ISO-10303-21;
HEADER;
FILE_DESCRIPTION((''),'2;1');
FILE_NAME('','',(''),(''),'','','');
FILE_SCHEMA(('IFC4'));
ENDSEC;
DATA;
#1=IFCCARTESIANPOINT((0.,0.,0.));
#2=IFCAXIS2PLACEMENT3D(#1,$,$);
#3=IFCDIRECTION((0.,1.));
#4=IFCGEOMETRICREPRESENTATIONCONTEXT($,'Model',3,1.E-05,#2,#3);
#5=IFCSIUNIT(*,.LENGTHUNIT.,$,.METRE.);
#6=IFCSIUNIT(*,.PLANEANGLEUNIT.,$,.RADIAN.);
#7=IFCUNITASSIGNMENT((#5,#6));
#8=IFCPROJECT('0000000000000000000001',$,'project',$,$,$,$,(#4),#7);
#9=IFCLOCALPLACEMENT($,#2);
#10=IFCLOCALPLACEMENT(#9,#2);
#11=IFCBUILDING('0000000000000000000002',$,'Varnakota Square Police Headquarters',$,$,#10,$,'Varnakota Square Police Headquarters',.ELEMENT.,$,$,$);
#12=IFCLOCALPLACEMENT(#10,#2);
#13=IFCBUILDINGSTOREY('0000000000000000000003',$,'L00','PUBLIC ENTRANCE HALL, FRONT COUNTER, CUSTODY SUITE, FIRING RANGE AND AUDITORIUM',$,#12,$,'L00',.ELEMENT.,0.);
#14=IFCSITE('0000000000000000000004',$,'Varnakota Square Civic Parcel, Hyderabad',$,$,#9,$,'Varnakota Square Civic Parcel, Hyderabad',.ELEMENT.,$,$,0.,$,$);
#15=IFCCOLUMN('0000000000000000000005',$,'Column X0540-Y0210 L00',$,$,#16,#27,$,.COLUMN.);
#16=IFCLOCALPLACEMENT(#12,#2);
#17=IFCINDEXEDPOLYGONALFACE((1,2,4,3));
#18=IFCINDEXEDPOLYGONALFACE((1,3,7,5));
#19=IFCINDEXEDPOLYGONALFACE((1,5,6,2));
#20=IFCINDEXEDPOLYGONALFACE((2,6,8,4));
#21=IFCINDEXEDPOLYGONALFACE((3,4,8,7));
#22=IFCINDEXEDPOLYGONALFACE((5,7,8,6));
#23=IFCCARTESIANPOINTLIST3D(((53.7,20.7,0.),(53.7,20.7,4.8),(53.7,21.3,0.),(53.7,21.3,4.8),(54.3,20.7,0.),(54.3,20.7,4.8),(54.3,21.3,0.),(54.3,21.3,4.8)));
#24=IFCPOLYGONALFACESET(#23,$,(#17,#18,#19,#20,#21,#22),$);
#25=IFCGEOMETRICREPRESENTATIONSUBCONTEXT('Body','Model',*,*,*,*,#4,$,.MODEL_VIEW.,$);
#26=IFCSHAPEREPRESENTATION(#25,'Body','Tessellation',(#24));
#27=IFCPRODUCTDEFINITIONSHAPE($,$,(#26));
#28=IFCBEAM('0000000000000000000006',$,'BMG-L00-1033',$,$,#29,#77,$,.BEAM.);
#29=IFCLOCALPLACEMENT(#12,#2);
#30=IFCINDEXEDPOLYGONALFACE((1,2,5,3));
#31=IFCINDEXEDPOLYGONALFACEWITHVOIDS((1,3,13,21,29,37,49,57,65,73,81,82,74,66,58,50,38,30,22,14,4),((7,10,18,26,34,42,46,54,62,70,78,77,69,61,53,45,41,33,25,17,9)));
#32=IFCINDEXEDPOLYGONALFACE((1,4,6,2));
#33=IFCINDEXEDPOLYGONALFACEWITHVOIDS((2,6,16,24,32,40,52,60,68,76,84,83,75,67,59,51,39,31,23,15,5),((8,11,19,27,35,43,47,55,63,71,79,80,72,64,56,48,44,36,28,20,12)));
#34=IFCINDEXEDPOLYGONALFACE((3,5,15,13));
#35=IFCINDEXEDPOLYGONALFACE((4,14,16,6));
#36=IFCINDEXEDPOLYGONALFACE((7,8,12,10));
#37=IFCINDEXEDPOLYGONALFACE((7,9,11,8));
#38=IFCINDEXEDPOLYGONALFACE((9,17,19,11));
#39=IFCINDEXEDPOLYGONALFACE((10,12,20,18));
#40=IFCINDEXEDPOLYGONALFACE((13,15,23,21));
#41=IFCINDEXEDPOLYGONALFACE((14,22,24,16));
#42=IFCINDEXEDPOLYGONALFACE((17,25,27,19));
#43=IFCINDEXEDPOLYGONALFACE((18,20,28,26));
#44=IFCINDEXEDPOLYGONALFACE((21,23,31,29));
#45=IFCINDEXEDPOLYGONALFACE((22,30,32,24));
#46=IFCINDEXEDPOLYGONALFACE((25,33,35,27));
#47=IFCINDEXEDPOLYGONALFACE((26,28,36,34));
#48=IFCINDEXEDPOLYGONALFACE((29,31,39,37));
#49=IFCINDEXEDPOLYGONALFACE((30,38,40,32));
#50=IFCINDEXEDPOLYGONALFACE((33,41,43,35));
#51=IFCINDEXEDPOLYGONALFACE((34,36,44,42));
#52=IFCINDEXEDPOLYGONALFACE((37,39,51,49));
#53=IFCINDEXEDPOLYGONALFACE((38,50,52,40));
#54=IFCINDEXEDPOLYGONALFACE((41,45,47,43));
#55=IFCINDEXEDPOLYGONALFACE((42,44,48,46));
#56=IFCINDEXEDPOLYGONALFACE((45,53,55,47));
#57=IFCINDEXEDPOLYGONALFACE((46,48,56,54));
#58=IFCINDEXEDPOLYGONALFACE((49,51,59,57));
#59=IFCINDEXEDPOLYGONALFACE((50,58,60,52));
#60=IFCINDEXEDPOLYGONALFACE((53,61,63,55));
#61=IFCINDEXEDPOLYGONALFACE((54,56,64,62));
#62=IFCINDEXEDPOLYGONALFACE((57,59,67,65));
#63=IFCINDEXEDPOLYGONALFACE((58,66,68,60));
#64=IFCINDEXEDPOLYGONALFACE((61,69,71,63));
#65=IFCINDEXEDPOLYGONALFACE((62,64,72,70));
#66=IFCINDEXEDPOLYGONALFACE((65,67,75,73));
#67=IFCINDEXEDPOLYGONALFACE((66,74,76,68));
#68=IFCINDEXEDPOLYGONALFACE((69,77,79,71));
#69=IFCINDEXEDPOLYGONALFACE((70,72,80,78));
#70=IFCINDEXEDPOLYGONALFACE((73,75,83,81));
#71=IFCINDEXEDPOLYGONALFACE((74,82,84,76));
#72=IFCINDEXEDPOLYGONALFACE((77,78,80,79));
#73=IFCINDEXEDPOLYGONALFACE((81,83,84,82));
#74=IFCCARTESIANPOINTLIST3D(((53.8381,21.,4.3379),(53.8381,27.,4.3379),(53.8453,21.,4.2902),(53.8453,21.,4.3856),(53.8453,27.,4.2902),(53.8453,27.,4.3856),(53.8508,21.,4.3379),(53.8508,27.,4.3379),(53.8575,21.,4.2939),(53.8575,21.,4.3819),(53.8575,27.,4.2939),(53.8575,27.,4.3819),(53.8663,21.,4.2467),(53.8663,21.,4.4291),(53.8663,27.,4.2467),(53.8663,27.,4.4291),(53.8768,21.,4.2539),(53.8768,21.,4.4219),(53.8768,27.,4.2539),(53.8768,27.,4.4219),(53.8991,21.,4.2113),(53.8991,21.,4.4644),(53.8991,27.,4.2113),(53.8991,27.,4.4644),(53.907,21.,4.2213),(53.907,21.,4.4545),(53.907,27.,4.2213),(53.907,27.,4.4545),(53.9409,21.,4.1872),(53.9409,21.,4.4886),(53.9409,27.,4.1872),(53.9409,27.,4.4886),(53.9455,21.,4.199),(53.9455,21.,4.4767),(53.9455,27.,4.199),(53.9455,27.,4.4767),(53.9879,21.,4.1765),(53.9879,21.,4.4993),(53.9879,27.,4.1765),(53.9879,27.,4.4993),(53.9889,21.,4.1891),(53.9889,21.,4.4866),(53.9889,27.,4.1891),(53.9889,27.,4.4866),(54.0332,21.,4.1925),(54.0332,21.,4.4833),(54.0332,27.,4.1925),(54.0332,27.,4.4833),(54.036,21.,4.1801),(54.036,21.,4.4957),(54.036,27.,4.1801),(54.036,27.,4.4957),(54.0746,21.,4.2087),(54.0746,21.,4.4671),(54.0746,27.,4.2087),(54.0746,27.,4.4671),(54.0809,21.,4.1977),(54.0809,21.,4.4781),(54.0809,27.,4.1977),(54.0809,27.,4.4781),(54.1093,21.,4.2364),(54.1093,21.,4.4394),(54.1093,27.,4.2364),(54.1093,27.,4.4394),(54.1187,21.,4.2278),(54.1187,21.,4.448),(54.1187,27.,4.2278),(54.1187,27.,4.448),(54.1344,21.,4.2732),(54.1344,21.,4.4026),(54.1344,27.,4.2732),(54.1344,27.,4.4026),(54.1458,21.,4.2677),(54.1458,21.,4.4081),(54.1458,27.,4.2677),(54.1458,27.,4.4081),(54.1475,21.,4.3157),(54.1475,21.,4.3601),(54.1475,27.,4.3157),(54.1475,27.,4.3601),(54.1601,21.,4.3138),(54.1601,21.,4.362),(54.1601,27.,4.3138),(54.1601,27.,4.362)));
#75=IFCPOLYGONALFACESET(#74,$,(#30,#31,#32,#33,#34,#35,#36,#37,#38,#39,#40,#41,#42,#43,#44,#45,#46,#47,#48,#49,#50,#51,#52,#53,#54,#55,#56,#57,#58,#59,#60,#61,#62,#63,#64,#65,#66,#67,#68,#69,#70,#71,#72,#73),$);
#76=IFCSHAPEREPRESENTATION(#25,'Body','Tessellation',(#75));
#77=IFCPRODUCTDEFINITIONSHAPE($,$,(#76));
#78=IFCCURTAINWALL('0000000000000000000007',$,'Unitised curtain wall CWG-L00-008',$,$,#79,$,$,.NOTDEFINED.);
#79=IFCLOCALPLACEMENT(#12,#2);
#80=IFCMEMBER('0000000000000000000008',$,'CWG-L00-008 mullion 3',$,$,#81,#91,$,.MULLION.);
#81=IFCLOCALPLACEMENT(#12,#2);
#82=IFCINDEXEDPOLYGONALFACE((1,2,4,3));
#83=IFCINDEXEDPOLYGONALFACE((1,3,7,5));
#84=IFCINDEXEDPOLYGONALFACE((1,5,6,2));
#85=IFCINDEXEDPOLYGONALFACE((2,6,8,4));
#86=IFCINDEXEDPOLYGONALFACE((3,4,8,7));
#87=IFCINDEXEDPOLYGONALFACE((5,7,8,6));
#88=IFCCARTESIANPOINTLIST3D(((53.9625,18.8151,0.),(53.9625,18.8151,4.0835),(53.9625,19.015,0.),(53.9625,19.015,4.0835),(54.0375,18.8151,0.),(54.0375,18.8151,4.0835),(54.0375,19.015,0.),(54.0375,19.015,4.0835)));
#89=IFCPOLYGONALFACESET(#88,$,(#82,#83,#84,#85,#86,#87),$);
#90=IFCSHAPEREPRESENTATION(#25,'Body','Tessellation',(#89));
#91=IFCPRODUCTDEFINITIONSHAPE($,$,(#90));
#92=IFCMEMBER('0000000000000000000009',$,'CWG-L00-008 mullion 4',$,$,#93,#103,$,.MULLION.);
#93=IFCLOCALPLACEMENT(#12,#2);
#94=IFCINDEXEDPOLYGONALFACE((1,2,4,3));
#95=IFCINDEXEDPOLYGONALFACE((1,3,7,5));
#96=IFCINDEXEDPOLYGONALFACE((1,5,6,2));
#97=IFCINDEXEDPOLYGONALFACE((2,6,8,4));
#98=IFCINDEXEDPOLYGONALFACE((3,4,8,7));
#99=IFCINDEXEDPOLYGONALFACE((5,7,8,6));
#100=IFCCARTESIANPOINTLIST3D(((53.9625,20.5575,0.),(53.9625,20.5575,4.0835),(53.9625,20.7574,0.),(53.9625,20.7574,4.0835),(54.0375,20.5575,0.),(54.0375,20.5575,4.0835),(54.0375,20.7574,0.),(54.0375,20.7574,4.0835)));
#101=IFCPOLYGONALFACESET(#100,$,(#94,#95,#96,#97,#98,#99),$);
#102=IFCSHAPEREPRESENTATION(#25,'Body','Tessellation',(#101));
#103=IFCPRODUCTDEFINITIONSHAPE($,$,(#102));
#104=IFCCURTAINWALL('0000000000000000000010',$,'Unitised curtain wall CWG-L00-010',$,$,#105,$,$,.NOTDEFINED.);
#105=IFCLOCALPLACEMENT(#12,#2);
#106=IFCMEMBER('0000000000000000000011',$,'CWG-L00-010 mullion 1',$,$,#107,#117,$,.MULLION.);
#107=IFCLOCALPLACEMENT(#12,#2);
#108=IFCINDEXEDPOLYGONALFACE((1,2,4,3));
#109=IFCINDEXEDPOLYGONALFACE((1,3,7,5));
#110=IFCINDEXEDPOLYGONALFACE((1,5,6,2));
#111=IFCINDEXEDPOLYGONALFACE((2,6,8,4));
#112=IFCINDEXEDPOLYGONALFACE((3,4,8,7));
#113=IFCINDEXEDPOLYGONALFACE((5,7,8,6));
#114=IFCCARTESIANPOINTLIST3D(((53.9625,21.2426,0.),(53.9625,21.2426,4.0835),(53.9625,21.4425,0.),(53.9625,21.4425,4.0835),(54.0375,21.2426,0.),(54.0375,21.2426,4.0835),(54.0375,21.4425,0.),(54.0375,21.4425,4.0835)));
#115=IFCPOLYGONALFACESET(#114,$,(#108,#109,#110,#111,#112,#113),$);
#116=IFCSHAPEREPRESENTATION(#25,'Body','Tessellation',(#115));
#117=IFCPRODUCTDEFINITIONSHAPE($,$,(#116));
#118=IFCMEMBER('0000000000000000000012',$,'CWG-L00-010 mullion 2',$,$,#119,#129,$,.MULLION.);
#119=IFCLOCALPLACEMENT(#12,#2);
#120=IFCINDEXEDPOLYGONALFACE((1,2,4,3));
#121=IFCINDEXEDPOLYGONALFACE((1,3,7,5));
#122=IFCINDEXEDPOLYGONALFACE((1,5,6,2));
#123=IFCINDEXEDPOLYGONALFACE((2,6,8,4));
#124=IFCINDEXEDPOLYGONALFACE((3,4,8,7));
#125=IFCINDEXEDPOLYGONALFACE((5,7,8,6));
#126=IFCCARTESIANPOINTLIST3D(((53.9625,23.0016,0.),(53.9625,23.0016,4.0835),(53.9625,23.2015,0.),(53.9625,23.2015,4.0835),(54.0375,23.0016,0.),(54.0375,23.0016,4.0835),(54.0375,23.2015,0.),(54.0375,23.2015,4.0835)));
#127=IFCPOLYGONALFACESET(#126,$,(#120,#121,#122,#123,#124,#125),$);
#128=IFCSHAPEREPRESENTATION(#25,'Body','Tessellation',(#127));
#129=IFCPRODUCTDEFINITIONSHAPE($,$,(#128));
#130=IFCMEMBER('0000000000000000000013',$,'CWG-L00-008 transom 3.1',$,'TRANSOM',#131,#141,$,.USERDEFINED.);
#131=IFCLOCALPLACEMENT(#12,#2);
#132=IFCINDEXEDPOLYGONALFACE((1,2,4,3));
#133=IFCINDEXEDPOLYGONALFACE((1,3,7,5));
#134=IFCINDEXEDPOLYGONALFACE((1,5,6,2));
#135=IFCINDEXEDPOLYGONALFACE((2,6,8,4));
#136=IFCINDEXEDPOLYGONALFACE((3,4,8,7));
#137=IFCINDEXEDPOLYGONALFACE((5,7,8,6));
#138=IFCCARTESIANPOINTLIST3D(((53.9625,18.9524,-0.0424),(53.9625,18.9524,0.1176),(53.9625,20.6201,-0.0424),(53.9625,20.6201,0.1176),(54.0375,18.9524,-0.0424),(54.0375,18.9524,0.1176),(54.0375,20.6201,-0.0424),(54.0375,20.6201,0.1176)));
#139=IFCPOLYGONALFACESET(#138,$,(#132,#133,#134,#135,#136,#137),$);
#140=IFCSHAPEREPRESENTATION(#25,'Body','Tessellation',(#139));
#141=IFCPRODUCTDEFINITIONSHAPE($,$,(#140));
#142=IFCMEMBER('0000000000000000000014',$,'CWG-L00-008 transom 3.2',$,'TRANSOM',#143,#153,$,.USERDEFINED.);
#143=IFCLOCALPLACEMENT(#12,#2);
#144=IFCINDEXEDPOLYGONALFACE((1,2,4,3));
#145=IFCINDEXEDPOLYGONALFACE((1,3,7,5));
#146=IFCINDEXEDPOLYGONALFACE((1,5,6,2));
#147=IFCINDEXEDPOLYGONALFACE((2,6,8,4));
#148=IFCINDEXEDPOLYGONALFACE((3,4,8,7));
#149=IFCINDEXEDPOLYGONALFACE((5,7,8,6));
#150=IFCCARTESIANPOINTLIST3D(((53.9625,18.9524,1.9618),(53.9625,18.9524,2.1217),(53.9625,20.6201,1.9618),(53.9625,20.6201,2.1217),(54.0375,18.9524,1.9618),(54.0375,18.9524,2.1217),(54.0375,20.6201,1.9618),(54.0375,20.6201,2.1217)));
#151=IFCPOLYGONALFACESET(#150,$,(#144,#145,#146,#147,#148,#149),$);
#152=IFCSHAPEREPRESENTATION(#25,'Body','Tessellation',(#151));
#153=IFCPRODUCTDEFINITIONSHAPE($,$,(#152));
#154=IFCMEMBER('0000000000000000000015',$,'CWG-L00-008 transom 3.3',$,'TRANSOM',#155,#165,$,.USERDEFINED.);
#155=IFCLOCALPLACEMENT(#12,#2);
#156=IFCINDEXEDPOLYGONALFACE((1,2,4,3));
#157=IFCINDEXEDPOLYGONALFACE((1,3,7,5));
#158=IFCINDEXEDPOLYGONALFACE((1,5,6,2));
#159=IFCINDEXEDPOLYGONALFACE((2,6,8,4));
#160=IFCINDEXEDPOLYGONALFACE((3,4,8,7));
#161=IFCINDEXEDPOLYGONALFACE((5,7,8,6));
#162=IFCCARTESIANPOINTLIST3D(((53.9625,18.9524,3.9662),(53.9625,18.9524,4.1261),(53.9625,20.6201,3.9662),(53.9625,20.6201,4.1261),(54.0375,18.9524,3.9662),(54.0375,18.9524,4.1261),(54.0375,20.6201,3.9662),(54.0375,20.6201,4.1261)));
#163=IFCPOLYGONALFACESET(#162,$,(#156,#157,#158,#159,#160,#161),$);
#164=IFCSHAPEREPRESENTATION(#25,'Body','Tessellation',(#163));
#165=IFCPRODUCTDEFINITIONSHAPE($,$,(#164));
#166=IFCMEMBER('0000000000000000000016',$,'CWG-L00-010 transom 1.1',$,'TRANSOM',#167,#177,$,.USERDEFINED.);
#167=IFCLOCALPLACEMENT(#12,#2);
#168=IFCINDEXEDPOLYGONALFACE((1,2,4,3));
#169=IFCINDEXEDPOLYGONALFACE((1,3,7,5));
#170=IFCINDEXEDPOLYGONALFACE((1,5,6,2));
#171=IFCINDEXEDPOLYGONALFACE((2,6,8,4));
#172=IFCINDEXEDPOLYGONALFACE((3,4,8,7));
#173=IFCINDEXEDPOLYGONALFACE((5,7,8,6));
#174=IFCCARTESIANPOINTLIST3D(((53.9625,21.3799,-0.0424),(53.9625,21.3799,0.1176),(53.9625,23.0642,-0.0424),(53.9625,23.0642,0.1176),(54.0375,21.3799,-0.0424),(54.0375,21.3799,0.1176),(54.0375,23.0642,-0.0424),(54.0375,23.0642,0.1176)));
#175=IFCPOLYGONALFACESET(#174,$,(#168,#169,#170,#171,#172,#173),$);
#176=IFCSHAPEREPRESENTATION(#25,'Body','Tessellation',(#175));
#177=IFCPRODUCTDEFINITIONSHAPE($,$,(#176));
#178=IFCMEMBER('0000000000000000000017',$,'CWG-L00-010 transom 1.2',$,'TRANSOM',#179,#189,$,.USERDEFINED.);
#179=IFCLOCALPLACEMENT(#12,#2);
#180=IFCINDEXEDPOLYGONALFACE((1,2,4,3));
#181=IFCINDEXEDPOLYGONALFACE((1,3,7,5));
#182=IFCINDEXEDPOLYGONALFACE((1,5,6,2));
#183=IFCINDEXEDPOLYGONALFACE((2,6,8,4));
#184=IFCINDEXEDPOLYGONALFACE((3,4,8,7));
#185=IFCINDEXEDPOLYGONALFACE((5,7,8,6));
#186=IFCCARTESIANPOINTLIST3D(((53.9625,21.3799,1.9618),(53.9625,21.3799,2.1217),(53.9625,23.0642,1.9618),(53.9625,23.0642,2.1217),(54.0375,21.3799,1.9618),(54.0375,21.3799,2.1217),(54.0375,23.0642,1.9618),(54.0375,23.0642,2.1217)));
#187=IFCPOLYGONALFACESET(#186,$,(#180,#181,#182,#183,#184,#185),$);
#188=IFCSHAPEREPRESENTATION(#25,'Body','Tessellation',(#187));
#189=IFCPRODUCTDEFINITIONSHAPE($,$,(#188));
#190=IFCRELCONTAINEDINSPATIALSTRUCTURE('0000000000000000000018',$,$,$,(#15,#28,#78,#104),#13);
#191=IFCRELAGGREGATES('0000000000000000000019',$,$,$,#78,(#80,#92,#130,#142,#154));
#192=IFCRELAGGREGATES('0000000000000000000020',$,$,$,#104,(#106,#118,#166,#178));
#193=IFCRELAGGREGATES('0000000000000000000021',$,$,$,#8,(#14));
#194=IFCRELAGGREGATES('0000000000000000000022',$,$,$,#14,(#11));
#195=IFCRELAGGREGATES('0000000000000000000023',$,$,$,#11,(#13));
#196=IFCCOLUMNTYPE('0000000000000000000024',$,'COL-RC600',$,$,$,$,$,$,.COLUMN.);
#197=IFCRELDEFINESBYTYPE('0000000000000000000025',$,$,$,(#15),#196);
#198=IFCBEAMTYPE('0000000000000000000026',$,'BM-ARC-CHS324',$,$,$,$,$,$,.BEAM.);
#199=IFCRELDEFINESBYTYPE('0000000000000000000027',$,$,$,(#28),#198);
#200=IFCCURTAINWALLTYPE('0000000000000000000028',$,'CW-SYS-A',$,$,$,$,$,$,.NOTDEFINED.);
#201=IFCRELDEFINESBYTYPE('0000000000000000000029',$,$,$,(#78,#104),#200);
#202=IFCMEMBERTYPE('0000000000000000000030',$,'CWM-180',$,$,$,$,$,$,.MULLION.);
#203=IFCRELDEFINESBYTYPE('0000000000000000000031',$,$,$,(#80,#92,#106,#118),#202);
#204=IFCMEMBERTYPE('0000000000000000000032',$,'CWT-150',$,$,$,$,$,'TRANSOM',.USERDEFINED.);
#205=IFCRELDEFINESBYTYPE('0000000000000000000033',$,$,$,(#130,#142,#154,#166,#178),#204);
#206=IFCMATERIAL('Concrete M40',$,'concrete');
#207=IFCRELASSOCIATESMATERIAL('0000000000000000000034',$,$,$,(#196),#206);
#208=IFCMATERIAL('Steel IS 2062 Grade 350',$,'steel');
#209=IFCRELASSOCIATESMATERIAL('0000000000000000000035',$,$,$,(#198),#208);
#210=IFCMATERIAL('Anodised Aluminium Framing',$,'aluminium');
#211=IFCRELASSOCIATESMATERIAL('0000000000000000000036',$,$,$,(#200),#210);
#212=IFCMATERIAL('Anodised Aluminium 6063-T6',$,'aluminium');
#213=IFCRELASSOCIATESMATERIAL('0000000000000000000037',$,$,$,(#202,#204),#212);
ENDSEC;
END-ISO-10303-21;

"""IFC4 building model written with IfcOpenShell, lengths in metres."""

from ifc_helpers import new_model, si_unit, direction, frame, origin, origin_2d, place, context, subcontext, project, spatial, rectangle, hollow_circle, extrude, material, material_profile, profile_set, type_object, element, aggregate, save


model = new_model("IFC4")

# Units and contexts
model_context = context("Model", 3, precision=1e-05, world=origin(), true_north=direction((0.0, 1.0)))
body_context = subcontext(model_context, "Body", "Model", "MODEL_VIEW")
ifc_project = project(units=[si_unit("LENGTHUNIT", "METRE"), si_unit("PLANEANGLEUNIT", "RADIAN")], contexts=[model_context])

# Site, building, storey
site_placement = place(None, origin())
site = spatial("IfcSite", under=ifc_project, at=site_placement, Name="Varnakota Square Civic Parcel, Hyderabad", LongName="Varnakota Square Civic Parcel, Hyderabad", CompositionType="ELEMENT", RefElevation=0.0)
building_placement = place(site_placement, origin())
building = spatial("IfcBuilding", under=site, at=building_placement, Name="Varnakota Square Police Headquarters", LongName="Varnakota Square Police Headquarters", CompositionType="ELEMENT")
storey_placement = place(building_placement, origin())
storey = spatial("IfcBuildingStorey", under=building, at=storey_placement, Name="L00", Description="PUBLIC ENTRANCE HALL, FRONT COUNTER, CUSTODY SUITE, FIRING RANGE AND AUDITORIUM", LongName="L00", CompositionType="ELEMENT", Elevation=0.0)

# Column
ifc_material_1 = material(Name="Concrete M40", Category="concrete")
ifc_material_profile_1 = material_profile(ifc_material_1, rectangle(XDim=0.6001, YDim=0.6001, at=origin_2d()), Name="RC 600x600")
ifc_profile_set_1 = profile_set([ifc_material_profile_1], Name="Concrete M40")
column_type = type_object("IfcColumnType", Name="COL-RC600", PredefinedType="COLUMN", material=ifc_profile_set_1)
column_placement = place(storey_placement, frame((54.0, 21.0, 0.0), z_axis=(0.0, 0.0, 1.0), x_axis=(1.0, 0.0, 0.0)))
element("IfcColumn", 1, at=column_placement, inside=storey, type_object=column_type, Name="Column X0540-Y0210 L00", PredefinedType="COLUMN", context=body_context, shape_type="SweptSolid", body=[
    extrude(rectangle(XDim=0.6001, YDim=0.6001, at=origin_2d()), origin(), (0.0, 0.0, 1.0), 4.8),
])

# Beam
ifc_material_2 = material(Name="Steel IS 2062 Grade 350", Category="steel")
ifc_material_profile_2 = material_profile(ifc_material_2, hollow_circle(Radius=0.1619, WallThickness=0.0127, at=origin_2d()), Name="CHS 323.9x12.7")
ifc_profile_set_2 = profile_set([ifc_material_profile_2], Name="Steel IS 2062 Grade 350")
beam_type = type_object("IfcBeamType", Name="BM-ARC-CHS324", PredefinedType="BEAM", material=ifc_profile_set_2)
beam_placement = place(storey_placement, frame((54.0, 21.0, 4.3379), z_axis=(0.0, 1.0, 0.0), x_axis=(-1.0, 0.0, 0.0)))
element("IfcBeam", 2, at=beam_placement, inside=storey, type_object=beam_type, Name="BMG-L00-1033", PredefinedType="BEAM", context=body_context, shape_type="SweptSolid", body=[
    extrude(hollow_circle(Radius=0.1619, WallThickness=0.0127, at=origin_2d()), origin(), (0.0, 0.0, 1.0), 6.0),
])

# Curtain walls, members
ifc_material_3 = material(Name="Anodised Aluminium Framing", Category="aluminium")
curtain_wall_type = type_object("IfcCurtainWallType", Name="CW-SYS-A", PredefinedType="NOTDEFINED", material=ifc_material_3)
curtain_wall_1_placement = place(storey_placement, origin())
curtain_wall_1 = element("IfcCurtainWall", 3, at=curtain_wall_1_placement, inside=storey, type_object=curtain_wall_type, Name="Unitised curtain wall CWG-L00-008", PredefinedType="NOTDEFINED")
ifc_material_4 = material(Name="Anodised Aluminium 6063-T6", Category="aluminium")
ifc_material_profile_3 = material_profile(ifc_material_4, rectangle(XDim=0.075, YDim=0.2, at=origin_2d()), Name="ALU MULLION 75x200")
ifc_profile_set_3 = profile_set([ifc_material_profile_3], Name="Anodised Aluminium 6063-T6")
member_type_1 = type_object("IfcMemberType", Name="CWM-180", PredefinedType="MULLION", material=ifc_profile_set_3)
member_1_placement = place(storey_placement, frame((54.0, 18.915, 0.0), z_axis=(0.0, 0.0, 1.0), x_axis=(-1.0, 0.0, 0.0)))
member_1 = element("IfcMember", 4, at=member_1_placement, type_object=member_type_1, Name="CWG-L00-008 mullion 3", PredefinedType="MULLION", context=body_context, shape_type="SweptSolid", body=[
    extrude(rectangle(XDim=0.075, YDim=0.2, at=origin_2d()), origin(), (0.0, 0.0, 1.0), 4.0835),
])
member_2_placement = place(storey_placement, frame((54.0, 20.6575, 0.0), z_axis=(0.0, 0.0, 1.0), x_axis=(-1.0, 0.0, 0.0)))
member_2 = element("IfcMember", 5, at=member_2_placement, type_object=member_type_1, Name="CWG-L00-008 mullion 4", PredefinedType="MULLION", context=body_context, shape_type="SweptSolid", body=[
    extrude(rectangle(XDim=0.075, YDim=0.2, at=origin_2d()), origin(), (0.0, 0.0, 1.0), 4.0835),
])
curtain_wall_2_placement = place(storey_placement, origin())
curtain_wall_2 = element("IfcCurtainWall", 6, at=curtain_wall_2_placement, inside=storey, type_object=curtain_wall_type, Name="Unitised curtain wall CWG-L00-010", PredefinedType="NOTDEFINED")
member_3_placement = place(storey_placement, frame((54.0, 21.3425, 0.0), z_axis=(0.0, 0.0, 1.0), x_axis=(-1.0, 0.0, 0.0)))
member_3 = element("IfcMember", 7, at=member_3_placement, type_object=member_type_1, Name="CWG-L00-010 mullion 1", PredefinedType="MULLION", context=body_context, shape_type="SweptSolid", body=[
    extrude(rectangle(XDim=0.075, YDim=0.2, at=origin_2d()), origin(), (0.0, 0.0, 1.0), 4.0835),
])
member_4_placement = place(storey_placement, frame((54.0, 23.1016, 0.0), z_axis=(0.0, 0.0, 1.0), x_axis=(-1.0, 0.0, 0.0)))
member_4 = element("IfcMember", 8, at=member_4_placement, type_object=member_type_1, Name="CWG-L00-010 mullion 2", PredefinedType="MULLION", context=body_context, shape_type="SweptSolid", body=[
    extrude(rectangle(XDim=0.075, YDim=0.2, at=origin_2d()), origin(), (0.0, 0.0, 1.0), 4.0835),
])

# Members
ifc_material_profile_4 = material_profile(ifc_material_4, rectangle(XDim=0.075, YDim=0.1599, at=origin_2d()), Name="ALU TRANSOM 75x160")
ifc_profile_set_4 = profile_set([ifc_material_profile_4], Name="Anodised Aluminium 6063-T6")
member_type_2 = type_object("IfcMemberType", Name="CWT-150", ElementType="TRANSOM", PredefinedType="USERDEFINED", material=ifc_profile_set_4)
member_5_placement = place(storey_placement, frame((54.0, 18.9524, 0.0376), z_axis=(0.0, 1.0, 0.0), x_axis=(-1.0, 0.0, 0.0)))
member_5 = element("IfcMember", 9, at=member_5_placement, type_object=member_type_2, Name="CWG-L00-008 transom 3.1", ObjectType="TRANSOM", PredefinedType="USERDEFINED", context=body_context, shape_type="SweptSolid", body=[
    extrude(rectangle(XDim=0.075, YDim=0.1599, at=origin_2d()), origin(), (0.0, 0.0, 1.0), 1.6677),
])
member_6_placement = place(storey_placement, frame((54.0, 18.9524, 2.0417), z_axis=(0.0, 1.0, 0.0), x_axis=(-1.0, 0.0, 0.0)))
member_6 = element("IfcMember", 10, at=member_6_placement, type_object=member_type_2, Name="CWG-L00-008 transom 3.2", ObjectType="TRANSOM", PredefinedType="USERDEFINED", context=body_context, shape_type="SweptSolid", body=[
    extrude(rectangle(XDim=0.075, YDim=0.1599, at=origin_2d()), origin(), (0.0, 0.0, 1.0), 1.6677),
])
member_7_placement = place(storey_placement, frame((54.0, 18.9524, 4.0461), z_axis=(0.0, 1.0, 0.0), x_axis=(-1.0, 0.0, 0.0)))
member_7 = element("IfcMember", 11, at=member_7_placement, type_object=member_type_2, Name="CWG-L00-008 transom 3.3", ObjectType="TRANSOM", PredefinedType="USERDEFINED", context=body_context, shape_type="SweptSolid", body=[
    extrude(rectangle(XDim=0.075, YDim=0.1599, at=origin_2d()), origin(), (0.0, 0.0, 1.0), 1.6677),
])
member_8_placement = place(storey_placement, frame((54.0, 21.3799, 0.0376), z_axis=(0.0, 1.0, 0.0), x_axis=(-1.0, 0.0, 0.0)))
member_8 = element("IfcMember", 12, at=member_8_placement, type_object=member_type_2, Name="CWG-L00-010 transom 1.1", ObjectType="TRANSOM", PredefinedType="USERDEFINED", context=body_context, shape_type="SweptSolid", body=[
    extrude(rectangle(XDim=0.075, YDim=0.1599, at=origin_2d()), origin(), (0.0, 0.0, 1.0), 1.6843),
])
member_9_placement = place(storey_placement, frame((54.0, 21.3799, 2.0417), z_axis=(0.0, 1.0, 0.0), x_axis=(-1.0, 0.0, 0.0)))
member_9 = element("IfcMember", 13, at=member_9_placement, type_object=member_type_2, Name="CWG-L00-010 transom 1.2", ObjectType="TRANSOM", PredefinedType="USERDEFINED", context=body_context, shape_type="SweptSolid", body=[
    extrude(rectangle(XDim=0.075, YDim=0.1599, at=origin_2d()), origin(), (0.0, 0.0, 1.0), 1.6843),
])

aggregate(curtain_wall_1, [member_1, member_2, member_5, member_6, member_7])
aggregate(curtain_wall_2, [member_3, member_4, member_8, member_9])

save(model, "model.ifc")
